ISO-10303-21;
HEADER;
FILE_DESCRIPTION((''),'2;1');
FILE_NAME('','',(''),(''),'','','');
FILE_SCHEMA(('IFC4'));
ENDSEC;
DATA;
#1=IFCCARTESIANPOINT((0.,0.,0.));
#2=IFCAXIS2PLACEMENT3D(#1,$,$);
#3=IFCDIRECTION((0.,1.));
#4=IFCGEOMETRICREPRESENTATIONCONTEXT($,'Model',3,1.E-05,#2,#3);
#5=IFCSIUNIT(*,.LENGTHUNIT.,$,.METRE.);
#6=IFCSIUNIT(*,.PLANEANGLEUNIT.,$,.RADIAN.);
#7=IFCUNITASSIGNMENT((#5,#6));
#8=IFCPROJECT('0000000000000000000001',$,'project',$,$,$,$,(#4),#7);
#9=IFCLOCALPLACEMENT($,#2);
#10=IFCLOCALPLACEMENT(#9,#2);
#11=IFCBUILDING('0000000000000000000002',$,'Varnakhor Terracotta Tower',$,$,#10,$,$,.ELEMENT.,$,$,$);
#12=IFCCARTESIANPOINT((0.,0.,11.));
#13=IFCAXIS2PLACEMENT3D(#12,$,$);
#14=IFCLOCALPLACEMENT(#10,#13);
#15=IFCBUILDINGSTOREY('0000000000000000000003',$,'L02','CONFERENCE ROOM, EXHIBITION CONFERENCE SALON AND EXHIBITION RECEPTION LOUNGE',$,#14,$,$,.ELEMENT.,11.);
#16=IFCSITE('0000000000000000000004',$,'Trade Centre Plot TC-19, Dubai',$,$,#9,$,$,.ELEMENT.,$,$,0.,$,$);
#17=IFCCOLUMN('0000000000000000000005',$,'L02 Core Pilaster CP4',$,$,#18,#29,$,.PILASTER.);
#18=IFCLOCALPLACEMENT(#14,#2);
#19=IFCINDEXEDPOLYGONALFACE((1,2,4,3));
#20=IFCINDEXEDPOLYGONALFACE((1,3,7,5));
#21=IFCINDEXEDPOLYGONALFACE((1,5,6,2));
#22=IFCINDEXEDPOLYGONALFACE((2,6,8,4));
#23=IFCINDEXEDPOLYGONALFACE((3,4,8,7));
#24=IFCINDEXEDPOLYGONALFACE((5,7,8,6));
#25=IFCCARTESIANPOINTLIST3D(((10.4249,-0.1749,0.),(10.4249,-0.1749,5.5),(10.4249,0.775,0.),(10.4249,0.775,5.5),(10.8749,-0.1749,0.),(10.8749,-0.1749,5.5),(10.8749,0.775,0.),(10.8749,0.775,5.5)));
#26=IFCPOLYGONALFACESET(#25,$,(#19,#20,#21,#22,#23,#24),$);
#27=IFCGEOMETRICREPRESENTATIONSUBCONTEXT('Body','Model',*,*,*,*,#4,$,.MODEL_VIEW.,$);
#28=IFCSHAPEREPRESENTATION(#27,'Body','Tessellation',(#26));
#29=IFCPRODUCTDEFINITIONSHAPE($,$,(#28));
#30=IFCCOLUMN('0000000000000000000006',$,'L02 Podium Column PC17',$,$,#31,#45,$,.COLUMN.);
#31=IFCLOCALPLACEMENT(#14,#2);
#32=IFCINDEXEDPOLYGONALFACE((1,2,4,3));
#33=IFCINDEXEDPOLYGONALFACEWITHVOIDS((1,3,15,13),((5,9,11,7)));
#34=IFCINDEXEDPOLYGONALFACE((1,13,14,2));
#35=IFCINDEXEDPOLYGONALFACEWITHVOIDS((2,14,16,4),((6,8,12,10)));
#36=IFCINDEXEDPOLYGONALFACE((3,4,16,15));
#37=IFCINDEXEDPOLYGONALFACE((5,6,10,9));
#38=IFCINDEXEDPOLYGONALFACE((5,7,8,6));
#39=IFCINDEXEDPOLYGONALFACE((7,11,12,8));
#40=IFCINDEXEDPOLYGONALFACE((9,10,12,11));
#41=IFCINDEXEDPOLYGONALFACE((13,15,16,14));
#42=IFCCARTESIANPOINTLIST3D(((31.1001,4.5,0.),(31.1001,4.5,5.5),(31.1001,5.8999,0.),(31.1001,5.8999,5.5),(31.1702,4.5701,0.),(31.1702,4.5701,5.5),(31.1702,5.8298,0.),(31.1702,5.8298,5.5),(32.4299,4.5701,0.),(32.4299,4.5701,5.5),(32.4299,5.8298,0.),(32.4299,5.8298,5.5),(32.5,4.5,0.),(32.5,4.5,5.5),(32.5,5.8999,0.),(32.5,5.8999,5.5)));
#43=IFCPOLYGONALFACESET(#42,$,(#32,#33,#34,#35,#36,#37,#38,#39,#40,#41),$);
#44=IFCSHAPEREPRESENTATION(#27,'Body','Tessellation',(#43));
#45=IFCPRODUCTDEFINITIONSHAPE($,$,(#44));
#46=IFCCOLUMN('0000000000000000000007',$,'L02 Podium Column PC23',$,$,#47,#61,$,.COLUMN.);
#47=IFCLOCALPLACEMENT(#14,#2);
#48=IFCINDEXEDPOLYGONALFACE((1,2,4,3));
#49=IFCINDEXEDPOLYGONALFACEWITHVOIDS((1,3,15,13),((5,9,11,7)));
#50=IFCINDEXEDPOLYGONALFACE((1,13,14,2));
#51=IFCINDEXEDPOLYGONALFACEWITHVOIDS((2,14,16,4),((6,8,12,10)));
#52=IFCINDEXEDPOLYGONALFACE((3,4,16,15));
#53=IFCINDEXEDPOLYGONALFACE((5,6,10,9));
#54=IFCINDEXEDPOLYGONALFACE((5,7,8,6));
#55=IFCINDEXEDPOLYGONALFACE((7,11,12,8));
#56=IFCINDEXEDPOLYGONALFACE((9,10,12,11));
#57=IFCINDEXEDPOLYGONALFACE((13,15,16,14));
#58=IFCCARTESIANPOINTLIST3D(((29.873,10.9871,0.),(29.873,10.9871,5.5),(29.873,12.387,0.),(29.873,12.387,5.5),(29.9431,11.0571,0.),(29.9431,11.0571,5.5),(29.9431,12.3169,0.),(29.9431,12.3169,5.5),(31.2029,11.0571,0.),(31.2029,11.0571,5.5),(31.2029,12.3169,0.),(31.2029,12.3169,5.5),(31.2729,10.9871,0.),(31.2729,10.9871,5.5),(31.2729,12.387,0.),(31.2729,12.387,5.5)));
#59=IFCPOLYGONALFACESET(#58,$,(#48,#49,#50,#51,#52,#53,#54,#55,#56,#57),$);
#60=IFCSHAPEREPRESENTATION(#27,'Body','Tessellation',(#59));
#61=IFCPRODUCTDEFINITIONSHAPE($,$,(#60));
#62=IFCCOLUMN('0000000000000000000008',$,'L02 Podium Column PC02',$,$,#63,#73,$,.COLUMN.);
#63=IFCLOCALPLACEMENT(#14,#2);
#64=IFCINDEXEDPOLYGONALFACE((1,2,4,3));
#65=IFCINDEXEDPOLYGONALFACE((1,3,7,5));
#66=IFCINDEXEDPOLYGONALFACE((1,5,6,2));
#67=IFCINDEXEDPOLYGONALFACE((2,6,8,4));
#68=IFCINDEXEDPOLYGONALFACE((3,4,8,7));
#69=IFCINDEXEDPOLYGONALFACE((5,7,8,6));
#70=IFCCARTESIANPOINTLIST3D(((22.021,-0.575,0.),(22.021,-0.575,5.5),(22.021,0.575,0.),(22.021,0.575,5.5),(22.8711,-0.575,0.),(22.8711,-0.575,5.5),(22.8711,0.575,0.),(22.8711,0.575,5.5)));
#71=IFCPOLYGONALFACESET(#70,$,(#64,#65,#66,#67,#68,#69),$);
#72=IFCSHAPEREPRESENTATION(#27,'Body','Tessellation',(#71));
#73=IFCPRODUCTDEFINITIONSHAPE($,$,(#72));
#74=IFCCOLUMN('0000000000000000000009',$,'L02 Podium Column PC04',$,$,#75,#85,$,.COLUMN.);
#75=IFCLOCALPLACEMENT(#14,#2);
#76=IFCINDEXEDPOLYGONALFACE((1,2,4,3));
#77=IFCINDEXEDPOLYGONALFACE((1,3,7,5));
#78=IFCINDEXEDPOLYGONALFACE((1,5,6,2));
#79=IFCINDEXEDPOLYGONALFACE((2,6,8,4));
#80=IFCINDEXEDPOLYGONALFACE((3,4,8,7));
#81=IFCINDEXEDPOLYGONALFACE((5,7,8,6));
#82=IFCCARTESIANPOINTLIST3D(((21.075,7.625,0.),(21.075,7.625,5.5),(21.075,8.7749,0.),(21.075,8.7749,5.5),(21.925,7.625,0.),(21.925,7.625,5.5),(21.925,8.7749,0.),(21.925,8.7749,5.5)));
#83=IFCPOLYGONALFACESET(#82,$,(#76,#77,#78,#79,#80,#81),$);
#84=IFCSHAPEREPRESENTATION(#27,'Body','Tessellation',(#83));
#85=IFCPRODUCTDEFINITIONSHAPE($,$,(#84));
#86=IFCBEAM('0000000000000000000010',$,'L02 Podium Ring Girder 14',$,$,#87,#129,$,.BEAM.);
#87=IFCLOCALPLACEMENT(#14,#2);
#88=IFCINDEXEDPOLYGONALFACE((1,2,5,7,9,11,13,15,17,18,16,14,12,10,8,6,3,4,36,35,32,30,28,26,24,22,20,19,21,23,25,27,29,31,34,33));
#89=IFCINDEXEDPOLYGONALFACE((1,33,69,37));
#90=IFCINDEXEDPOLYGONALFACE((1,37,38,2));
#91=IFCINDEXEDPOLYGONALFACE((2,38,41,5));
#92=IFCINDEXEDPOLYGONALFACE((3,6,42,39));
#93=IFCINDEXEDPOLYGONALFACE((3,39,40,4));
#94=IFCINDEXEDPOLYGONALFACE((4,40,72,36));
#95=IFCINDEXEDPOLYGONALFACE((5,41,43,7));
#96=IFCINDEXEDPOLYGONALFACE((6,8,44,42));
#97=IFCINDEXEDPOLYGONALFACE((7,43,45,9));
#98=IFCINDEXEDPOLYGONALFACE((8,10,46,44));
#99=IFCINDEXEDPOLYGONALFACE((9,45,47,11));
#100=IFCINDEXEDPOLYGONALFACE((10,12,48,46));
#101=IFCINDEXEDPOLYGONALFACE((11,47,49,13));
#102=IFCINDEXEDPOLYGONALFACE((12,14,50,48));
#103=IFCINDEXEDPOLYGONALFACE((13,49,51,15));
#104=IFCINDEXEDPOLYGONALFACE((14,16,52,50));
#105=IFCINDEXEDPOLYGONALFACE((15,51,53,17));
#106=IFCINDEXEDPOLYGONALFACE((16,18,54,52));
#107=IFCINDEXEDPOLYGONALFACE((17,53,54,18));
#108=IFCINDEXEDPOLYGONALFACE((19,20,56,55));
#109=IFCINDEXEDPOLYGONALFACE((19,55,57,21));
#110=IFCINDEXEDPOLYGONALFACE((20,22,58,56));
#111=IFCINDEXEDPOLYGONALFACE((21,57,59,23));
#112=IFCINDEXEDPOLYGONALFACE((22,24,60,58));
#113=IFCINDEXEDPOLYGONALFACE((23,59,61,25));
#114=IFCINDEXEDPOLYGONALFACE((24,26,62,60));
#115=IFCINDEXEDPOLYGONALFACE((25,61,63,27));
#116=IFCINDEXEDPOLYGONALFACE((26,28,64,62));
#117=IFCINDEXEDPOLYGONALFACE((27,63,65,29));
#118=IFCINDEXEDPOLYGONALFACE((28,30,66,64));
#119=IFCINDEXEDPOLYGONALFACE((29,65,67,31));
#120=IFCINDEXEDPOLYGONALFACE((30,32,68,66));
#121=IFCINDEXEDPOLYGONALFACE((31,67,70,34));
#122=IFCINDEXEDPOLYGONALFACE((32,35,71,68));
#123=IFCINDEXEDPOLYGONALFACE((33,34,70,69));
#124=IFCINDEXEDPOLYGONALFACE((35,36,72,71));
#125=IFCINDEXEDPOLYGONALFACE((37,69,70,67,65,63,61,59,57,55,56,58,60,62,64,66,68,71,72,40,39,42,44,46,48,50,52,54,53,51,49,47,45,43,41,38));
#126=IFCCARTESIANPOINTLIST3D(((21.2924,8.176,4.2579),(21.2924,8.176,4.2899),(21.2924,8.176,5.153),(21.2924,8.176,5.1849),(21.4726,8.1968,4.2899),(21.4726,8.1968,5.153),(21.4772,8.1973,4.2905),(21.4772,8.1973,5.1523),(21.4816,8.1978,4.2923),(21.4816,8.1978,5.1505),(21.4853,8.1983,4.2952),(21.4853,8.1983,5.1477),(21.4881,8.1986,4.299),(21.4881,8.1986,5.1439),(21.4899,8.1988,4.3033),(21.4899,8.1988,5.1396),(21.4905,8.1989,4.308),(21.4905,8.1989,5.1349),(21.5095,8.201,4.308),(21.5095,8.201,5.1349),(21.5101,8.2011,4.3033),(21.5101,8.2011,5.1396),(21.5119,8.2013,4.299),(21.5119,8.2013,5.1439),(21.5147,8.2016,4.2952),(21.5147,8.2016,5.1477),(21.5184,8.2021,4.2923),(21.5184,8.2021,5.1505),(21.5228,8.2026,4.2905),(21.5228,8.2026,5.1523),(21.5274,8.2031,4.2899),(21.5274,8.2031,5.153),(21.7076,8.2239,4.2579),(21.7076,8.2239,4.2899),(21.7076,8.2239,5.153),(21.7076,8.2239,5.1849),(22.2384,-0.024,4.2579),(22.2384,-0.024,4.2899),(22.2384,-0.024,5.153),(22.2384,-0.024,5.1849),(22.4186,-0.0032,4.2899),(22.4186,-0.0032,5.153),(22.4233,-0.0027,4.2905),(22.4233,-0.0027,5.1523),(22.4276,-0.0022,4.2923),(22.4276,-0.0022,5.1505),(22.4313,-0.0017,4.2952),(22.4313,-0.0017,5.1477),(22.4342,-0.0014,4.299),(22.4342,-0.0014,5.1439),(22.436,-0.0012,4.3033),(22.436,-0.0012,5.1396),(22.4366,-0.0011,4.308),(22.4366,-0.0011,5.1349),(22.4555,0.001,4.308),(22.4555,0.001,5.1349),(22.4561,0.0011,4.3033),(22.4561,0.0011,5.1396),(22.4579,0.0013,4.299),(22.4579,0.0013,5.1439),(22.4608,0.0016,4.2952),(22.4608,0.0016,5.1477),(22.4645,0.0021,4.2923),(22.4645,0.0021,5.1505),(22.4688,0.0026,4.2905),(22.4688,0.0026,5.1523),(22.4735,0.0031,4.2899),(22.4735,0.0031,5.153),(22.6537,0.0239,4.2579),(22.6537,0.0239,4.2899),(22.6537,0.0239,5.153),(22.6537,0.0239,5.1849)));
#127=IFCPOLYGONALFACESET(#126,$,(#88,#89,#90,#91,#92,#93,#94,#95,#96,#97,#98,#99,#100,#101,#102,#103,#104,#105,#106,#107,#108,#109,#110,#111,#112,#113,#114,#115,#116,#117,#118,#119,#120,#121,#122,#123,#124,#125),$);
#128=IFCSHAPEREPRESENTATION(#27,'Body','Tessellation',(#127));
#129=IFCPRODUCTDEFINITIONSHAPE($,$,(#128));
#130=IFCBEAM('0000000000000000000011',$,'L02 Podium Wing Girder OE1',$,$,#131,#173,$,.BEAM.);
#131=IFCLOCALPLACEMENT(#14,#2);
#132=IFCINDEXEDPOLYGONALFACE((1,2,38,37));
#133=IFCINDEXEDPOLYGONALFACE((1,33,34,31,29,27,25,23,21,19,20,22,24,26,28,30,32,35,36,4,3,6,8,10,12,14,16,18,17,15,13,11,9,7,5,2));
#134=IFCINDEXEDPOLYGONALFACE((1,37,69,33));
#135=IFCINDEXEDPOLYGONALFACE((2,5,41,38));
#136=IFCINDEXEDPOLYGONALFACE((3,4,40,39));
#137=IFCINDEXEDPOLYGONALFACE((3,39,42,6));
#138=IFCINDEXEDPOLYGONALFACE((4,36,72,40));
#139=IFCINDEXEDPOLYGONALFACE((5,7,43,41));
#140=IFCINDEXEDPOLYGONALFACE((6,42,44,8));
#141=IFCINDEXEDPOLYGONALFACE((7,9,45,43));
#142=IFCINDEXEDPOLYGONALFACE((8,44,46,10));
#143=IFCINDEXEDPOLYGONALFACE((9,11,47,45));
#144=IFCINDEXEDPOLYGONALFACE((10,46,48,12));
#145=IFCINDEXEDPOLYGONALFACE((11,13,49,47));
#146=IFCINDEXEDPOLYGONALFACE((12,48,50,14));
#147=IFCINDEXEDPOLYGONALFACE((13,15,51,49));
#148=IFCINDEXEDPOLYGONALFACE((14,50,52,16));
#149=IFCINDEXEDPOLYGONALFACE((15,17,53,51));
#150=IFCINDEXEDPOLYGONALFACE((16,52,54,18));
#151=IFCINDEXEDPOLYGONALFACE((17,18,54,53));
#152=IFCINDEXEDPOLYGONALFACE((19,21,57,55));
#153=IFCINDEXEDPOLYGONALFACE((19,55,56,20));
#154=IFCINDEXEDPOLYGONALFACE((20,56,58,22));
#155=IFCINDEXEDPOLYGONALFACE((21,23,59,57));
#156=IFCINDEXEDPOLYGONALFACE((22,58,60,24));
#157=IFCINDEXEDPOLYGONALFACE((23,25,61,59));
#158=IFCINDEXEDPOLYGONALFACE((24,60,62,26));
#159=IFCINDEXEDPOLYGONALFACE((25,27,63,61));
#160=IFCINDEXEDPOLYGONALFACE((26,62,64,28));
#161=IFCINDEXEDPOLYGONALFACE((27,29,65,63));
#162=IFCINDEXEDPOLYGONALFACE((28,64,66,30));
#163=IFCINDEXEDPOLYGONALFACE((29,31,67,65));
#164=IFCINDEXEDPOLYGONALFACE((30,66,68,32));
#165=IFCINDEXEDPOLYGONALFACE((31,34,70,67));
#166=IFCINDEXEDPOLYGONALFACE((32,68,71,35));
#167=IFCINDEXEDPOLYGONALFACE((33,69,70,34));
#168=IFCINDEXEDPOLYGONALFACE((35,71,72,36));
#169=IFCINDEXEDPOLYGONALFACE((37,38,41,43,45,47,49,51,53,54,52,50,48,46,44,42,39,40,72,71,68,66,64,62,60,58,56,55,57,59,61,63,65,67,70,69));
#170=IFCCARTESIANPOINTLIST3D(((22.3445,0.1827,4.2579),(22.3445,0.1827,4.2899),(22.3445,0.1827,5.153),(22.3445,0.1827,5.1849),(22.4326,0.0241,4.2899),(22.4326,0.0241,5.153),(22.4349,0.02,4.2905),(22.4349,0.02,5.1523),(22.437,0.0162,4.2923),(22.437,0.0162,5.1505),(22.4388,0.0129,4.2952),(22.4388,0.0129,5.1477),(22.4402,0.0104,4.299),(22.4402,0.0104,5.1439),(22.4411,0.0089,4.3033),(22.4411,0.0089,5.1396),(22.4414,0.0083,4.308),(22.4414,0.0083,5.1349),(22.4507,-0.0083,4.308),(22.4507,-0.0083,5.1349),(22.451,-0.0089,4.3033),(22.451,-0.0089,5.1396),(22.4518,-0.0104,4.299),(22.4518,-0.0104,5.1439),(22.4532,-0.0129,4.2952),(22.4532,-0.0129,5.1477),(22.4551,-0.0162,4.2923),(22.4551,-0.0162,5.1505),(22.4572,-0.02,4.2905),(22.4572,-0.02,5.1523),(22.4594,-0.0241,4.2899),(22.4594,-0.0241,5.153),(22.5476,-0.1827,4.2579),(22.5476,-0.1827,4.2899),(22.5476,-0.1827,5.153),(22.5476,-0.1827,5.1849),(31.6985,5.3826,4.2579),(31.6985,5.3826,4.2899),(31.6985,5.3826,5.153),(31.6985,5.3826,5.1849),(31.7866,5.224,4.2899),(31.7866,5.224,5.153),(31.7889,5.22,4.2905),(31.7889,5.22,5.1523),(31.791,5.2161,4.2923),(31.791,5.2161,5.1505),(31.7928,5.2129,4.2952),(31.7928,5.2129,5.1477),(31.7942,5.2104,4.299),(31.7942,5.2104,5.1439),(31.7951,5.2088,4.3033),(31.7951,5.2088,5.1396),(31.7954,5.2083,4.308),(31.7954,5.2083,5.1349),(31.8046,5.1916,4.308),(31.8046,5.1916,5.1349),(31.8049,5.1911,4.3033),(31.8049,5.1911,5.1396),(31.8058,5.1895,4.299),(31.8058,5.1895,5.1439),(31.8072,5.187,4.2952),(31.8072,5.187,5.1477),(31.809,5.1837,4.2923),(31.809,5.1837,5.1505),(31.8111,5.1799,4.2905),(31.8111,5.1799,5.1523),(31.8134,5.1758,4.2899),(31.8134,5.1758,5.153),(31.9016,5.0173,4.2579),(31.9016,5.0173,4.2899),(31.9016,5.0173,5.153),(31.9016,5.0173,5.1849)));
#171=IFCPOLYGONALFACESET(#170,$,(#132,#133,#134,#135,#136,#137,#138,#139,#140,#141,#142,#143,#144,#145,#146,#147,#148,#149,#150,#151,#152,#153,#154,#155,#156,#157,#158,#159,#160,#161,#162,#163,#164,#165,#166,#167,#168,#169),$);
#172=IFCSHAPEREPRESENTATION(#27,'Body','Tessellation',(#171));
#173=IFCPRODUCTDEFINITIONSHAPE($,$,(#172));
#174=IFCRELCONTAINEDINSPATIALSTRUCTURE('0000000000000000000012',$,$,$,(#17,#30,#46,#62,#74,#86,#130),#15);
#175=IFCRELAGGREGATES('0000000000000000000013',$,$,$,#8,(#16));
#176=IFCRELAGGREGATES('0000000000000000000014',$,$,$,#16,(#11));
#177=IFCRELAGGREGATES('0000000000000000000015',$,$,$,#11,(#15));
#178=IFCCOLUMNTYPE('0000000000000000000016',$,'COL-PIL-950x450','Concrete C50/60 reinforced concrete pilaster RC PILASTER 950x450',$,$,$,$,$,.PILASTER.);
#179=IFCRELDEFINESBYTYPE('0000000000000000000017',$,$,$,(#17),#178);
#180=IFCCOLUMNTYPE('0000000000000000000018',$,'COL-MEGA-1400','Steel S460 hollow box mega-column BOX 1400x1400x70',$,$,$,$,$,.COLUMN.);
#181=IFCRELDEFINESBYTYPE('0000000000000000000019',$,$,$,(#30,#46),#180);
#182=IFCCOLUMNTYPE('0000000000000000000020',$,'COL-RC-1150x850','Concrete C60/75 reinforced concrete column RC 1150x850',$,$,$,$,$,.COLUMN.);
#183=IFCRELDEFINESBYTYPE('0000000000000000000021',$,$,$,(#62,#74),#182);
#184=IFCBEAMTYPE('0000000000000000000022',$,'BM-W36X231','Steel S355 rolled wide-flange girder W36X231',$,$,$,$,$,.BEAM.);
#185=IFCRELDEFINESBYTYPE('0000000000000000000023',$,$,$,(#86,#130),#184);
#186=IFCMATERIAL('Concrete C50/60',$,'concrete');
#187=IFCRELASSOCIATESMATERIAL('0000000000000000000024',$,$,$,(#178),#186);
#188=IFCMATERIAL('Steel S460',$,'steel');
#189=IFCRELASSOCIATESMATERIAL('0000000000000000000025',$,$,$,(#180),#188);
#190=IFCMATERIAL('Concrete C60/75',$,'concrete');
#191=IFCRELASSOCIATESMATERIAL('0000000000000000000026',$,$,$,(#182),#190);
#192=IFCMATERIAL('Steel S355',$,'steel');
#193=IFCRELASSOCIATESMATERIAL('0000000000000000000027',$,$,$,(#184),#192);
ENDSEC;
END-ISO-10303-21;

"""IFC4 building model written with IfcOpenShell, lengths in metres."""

from ifc_helpers import new_model, si_unit, direction, frame, origin, origin_2d, place, context, subcontext, project, spatial, rectangle, hollow_rectangle, i_section, extrude, source, transform, mapped, material, material_profile, profile_set, type_object, type_shapes, element, save


model = new_model("IFC4")

# Units and contexts
model_context = context("Model", 3, precision=1e-05, world=origin(), true_north=direction((0.0, 1.0)))
body_context = subcontext(model_context, "Body", "Model", "MODEL_VIEW")
ifc_project = project(units=[si_unit("LENGTHUNIT", "METRE"), si_unit("PLANEANGLEUNIT", "RADIAN")], contexts=[model_context])

# Site, building, storey
site_placement = place(None, origin())
site = spatial("IfcSite", under=ifc_project, at=site_placement, Name="Trade Centre Plot TC-19, Dubai", CompositionType="ELEMENT", RefElevation=0.0)
building_placement = place(site_placement, origin())
building = spatial("IfcBuilding", under=site, at=building_placement, Name="Varnakhor Terracotta Tower", CompositionType="ELEMENT")
storey_placement = place(building_placement, frame((0.0, 0.0, 11.0)))
storey = spatial("IfcBuildingStorey", under=building, at=storey_placement, Name="L02", Description="CONFERENCE ROOM, EXHIBITION CONFERENCE SALON AND EXHIBITION RECEPTION LOUNGE", CompositionType="ELEMENT", Elevation=11.0)

# Columns
ifc_material_1 = material(Name="Concrete C50/60", Category="concrete")
ifc_material_profile_1 = material_profile(ifc_material_1, rectangle(XDim=0.45, YDim=0.95, at=origin_2d()), Name="RC PILASTER 950x450")
ifc_profile_set_1 = profile_set([ifc_material_profile_1], Name="Concrete C50/60")
column_type_1 = type_object("IfcColumnType", Name="COL-PIL-950x450", Description="Concrete C50/60 reinforced concrete pilaster RC PILASTER 950x450", PredefinedType="PILASTER", material=ifc_profile_set_1)
shared_shape_1 = source(origin(), body_context, "Body", "SweptSolid", [
    extrude(rectangle(XDim=0.45, YDim=0.95, at=origin_2d()), origin(), (0.0, 0.0, 1.0), 5.5),
])
column_placement = place(storey_placement, frame((10.6499, 0.3, 0.0), z_axis=(0.0, 0.0, 1.0), x_axis=(1.0, 0.0, 0.0)))
element("IfcColumn", 1, at=column_placement, inside=storey, type_object=column_type_1, Name="L02 Core Pilaster CP4", PredefinedType="PILASTER", context=body_context, shape_type="MappedRepresentation", body=[
    mapped(shared_shape_1, transform((0.0, 0.0, 0.0), scale=1.0)),
])
ifc_material_2 = material(Name="Steel S460", Category="steel")
ifc_material_profile_2 = material_profile(ifc_material_2, hollow_rectangle(XDim=1.3999, YDim=1.3999, WallThickness=0.0701, at=origin_2d()), Name="BOX 1400x1400x70")
ifc_profile_set_2 = profile_set([ifc_material_profile_2], Name="Steel S460")
column_type_2 = type_object("IfcColumnType", Name="COL-MEGA-1400", Description="Steel S460 hollow box mega-column BOX 1400x1400x70", PredefinedType="COLUMN", material=ifc_profile_set_2)
shared_shape_2 = source(origin(), body_context, "Body", "SweptSolid", [
    extrude(hollow_rectangle(XDim=1.3999, YDim=1.3999, WallThickness=0.0701, at=origin_2d()), origin(), (0.0, 0.0, 1.0), 5.5),
])
for number, where, z_axis, x_axis, name in (
    (2, (31.8, 5.2, 0.0), (0.0, 0.0, 1.0), (1.0, 0.0, 0.0), "L02 Podium Column PC17"),
    (3, (30.573, 11.687, 0.0), (0.0, 0.0, 1.0), (1.0, 0.0, 0.0), "L02 Podium Column PC23"),
):
    element("IfcColumn", number, at=place(storey_placement, frame(where, z_axis=z_axis, x_axis=x_axis)), inside=storey, type_object=column_type_2, Name=name, PredefinedType="COLUMN", context=body_context, shape_type="MappedRepresentation", body=[
        mapped(shared_shape_2, transform((0.0, 0.0, 0.0), scale=1.0)),
    ])
ifc_material_3 = material(Name="Concrete C60/75", Category="concrete")
ifc_material_profile_3 = material_profile(ifc_material_3, rectangle(XDim=0.8501, YDim=1.1499, at=origin_2d()), Name="RC 1150x850")
ifc_profile_set_3 = profile_set([ifc_material_profile_3], Name="Concrete C60/75")
column_type_3 = type_object("IfcColumnType", Name="COL-RC-1150x850", Description="Concrete C60/75 reinforced concrete column RC 1150x850", PredefinedType="COLUMN", material=ifc_profile_set_3)
shared_shape_3 = source(origin(), body_context, "Body", "SweptSolid", [
    extrude(rectangle(XDim=0.8501, YDim=1.1499, at=origin_2d()), origin(), (0.0, 0.0, 1.0), 5.5),
])
for number, where, z_axis, x_axis, name in (
    (4, (22.446, 0.0, 0.0), (0.0, 0.0, 1.0), (1.0, 0.0, 0.0), "L02 Podium Column PC02"),
    (5, (21.5, 8.2, 0.0), (0.0, 0.0, 1.0), (1.0, 0.0, 0.0), "L02 Podium Column PC04"),
):
    element("IfcColumn", number, at=place(storey_placement, frame(where, z_axis=z_axis, x_axis=x_axis)), inside=storey, type_object=column_type_3, Name=name, PredefinedType="COLUMN", context=body_context, shape_type="MappedRepresentation", body=[
        mapped(shared_shape_3, transform((0.0, 0.0, 0.0), scale=1.0)),
    ])

# Beams
ifc_material_4 = material(Name="Steel S355", Category="steel")
ifc_material_profile_4 = material_profile(ifc_material_4, i_section(OverallWidth=0.418, OverallDepth=0.927, WebThickness=0.019, FlangeThickness=0.032, FilletRadius=0.0181, at=origin_2d()), Name="W36X231")
ifc_profile_set_4 = profile_set([ifc_material_profile_4], Name="Steel S355")
beam_type_1 = type_object("IfcBeamType", Name="BM-W36X231", Description="Steel S355 rolled wide-flange girder W36X231", PredefinedType="BEAM", material=ifc_profile_set_4)
shared_shape_4 = source(origin(), body_context, "Body", "SweptSolid", [
    extrude(i_section(OverallWidth=0.418, OverallDepth=0.927, WebThickness=0.019, FlangeThickness=0.032, FilletRadius=0.0181, at=origin_2d()), origin(), (0.0, 0.0, 1.0), 8.2544),
])
type_shapes(beam_type_1, [shared_shape_4])
beam_1_placement = place(storey_placement, frame((21.5, 8.2, 4.7214), z_axis=(0.114612, -0.99341, 0.0), x_axis=(0.99341, 0.114612, 0.0)))
element("IfcBeam", 6, at=beam_1_placement, inside=storey, type_object=beam_type_1, Name="L02 Podium Ring Girder 14", PredefinedType="BEAM", context=body_context, shape_type="MappedRepresentation", body=[
    mapped(shared_shape_4, transform((0.0, 0.0, 0.0), scale=1.0)),
])
shared_shape_5 = source(origin(), body_context, "Body", "SweptSolid", [
    extrude(i_section(OverallWidth=0.418, OverallDepth=0.927, WebThickness=0.019, FlangeThickness=0.032, FilletRadius=0.0181, at=origin_2d()), origin(), (0.0, 0.0, 1.0), 10.7021),
])
beam_2_placement = place(storey_placement, frame((22.446, 0.0, 4.7214), z_axis=(0.874027, 0.485877, 0.0), x_axis=(-0.485877, 0.874027, 0.0)))
element("IfcBeam", 7, at=beam_2_placement, inside=storey, type_object=beam_type_1, Name="L02 Podium Wing Girder OE1", PredefinedType="BEAM", context=body_context, shape_type="MappedRepresentation", body=[
    mapped(shared_shape_5, transform((0.0, 0.0, 0.0), scale=1.0)),
])

save(model, "model.ifc")
